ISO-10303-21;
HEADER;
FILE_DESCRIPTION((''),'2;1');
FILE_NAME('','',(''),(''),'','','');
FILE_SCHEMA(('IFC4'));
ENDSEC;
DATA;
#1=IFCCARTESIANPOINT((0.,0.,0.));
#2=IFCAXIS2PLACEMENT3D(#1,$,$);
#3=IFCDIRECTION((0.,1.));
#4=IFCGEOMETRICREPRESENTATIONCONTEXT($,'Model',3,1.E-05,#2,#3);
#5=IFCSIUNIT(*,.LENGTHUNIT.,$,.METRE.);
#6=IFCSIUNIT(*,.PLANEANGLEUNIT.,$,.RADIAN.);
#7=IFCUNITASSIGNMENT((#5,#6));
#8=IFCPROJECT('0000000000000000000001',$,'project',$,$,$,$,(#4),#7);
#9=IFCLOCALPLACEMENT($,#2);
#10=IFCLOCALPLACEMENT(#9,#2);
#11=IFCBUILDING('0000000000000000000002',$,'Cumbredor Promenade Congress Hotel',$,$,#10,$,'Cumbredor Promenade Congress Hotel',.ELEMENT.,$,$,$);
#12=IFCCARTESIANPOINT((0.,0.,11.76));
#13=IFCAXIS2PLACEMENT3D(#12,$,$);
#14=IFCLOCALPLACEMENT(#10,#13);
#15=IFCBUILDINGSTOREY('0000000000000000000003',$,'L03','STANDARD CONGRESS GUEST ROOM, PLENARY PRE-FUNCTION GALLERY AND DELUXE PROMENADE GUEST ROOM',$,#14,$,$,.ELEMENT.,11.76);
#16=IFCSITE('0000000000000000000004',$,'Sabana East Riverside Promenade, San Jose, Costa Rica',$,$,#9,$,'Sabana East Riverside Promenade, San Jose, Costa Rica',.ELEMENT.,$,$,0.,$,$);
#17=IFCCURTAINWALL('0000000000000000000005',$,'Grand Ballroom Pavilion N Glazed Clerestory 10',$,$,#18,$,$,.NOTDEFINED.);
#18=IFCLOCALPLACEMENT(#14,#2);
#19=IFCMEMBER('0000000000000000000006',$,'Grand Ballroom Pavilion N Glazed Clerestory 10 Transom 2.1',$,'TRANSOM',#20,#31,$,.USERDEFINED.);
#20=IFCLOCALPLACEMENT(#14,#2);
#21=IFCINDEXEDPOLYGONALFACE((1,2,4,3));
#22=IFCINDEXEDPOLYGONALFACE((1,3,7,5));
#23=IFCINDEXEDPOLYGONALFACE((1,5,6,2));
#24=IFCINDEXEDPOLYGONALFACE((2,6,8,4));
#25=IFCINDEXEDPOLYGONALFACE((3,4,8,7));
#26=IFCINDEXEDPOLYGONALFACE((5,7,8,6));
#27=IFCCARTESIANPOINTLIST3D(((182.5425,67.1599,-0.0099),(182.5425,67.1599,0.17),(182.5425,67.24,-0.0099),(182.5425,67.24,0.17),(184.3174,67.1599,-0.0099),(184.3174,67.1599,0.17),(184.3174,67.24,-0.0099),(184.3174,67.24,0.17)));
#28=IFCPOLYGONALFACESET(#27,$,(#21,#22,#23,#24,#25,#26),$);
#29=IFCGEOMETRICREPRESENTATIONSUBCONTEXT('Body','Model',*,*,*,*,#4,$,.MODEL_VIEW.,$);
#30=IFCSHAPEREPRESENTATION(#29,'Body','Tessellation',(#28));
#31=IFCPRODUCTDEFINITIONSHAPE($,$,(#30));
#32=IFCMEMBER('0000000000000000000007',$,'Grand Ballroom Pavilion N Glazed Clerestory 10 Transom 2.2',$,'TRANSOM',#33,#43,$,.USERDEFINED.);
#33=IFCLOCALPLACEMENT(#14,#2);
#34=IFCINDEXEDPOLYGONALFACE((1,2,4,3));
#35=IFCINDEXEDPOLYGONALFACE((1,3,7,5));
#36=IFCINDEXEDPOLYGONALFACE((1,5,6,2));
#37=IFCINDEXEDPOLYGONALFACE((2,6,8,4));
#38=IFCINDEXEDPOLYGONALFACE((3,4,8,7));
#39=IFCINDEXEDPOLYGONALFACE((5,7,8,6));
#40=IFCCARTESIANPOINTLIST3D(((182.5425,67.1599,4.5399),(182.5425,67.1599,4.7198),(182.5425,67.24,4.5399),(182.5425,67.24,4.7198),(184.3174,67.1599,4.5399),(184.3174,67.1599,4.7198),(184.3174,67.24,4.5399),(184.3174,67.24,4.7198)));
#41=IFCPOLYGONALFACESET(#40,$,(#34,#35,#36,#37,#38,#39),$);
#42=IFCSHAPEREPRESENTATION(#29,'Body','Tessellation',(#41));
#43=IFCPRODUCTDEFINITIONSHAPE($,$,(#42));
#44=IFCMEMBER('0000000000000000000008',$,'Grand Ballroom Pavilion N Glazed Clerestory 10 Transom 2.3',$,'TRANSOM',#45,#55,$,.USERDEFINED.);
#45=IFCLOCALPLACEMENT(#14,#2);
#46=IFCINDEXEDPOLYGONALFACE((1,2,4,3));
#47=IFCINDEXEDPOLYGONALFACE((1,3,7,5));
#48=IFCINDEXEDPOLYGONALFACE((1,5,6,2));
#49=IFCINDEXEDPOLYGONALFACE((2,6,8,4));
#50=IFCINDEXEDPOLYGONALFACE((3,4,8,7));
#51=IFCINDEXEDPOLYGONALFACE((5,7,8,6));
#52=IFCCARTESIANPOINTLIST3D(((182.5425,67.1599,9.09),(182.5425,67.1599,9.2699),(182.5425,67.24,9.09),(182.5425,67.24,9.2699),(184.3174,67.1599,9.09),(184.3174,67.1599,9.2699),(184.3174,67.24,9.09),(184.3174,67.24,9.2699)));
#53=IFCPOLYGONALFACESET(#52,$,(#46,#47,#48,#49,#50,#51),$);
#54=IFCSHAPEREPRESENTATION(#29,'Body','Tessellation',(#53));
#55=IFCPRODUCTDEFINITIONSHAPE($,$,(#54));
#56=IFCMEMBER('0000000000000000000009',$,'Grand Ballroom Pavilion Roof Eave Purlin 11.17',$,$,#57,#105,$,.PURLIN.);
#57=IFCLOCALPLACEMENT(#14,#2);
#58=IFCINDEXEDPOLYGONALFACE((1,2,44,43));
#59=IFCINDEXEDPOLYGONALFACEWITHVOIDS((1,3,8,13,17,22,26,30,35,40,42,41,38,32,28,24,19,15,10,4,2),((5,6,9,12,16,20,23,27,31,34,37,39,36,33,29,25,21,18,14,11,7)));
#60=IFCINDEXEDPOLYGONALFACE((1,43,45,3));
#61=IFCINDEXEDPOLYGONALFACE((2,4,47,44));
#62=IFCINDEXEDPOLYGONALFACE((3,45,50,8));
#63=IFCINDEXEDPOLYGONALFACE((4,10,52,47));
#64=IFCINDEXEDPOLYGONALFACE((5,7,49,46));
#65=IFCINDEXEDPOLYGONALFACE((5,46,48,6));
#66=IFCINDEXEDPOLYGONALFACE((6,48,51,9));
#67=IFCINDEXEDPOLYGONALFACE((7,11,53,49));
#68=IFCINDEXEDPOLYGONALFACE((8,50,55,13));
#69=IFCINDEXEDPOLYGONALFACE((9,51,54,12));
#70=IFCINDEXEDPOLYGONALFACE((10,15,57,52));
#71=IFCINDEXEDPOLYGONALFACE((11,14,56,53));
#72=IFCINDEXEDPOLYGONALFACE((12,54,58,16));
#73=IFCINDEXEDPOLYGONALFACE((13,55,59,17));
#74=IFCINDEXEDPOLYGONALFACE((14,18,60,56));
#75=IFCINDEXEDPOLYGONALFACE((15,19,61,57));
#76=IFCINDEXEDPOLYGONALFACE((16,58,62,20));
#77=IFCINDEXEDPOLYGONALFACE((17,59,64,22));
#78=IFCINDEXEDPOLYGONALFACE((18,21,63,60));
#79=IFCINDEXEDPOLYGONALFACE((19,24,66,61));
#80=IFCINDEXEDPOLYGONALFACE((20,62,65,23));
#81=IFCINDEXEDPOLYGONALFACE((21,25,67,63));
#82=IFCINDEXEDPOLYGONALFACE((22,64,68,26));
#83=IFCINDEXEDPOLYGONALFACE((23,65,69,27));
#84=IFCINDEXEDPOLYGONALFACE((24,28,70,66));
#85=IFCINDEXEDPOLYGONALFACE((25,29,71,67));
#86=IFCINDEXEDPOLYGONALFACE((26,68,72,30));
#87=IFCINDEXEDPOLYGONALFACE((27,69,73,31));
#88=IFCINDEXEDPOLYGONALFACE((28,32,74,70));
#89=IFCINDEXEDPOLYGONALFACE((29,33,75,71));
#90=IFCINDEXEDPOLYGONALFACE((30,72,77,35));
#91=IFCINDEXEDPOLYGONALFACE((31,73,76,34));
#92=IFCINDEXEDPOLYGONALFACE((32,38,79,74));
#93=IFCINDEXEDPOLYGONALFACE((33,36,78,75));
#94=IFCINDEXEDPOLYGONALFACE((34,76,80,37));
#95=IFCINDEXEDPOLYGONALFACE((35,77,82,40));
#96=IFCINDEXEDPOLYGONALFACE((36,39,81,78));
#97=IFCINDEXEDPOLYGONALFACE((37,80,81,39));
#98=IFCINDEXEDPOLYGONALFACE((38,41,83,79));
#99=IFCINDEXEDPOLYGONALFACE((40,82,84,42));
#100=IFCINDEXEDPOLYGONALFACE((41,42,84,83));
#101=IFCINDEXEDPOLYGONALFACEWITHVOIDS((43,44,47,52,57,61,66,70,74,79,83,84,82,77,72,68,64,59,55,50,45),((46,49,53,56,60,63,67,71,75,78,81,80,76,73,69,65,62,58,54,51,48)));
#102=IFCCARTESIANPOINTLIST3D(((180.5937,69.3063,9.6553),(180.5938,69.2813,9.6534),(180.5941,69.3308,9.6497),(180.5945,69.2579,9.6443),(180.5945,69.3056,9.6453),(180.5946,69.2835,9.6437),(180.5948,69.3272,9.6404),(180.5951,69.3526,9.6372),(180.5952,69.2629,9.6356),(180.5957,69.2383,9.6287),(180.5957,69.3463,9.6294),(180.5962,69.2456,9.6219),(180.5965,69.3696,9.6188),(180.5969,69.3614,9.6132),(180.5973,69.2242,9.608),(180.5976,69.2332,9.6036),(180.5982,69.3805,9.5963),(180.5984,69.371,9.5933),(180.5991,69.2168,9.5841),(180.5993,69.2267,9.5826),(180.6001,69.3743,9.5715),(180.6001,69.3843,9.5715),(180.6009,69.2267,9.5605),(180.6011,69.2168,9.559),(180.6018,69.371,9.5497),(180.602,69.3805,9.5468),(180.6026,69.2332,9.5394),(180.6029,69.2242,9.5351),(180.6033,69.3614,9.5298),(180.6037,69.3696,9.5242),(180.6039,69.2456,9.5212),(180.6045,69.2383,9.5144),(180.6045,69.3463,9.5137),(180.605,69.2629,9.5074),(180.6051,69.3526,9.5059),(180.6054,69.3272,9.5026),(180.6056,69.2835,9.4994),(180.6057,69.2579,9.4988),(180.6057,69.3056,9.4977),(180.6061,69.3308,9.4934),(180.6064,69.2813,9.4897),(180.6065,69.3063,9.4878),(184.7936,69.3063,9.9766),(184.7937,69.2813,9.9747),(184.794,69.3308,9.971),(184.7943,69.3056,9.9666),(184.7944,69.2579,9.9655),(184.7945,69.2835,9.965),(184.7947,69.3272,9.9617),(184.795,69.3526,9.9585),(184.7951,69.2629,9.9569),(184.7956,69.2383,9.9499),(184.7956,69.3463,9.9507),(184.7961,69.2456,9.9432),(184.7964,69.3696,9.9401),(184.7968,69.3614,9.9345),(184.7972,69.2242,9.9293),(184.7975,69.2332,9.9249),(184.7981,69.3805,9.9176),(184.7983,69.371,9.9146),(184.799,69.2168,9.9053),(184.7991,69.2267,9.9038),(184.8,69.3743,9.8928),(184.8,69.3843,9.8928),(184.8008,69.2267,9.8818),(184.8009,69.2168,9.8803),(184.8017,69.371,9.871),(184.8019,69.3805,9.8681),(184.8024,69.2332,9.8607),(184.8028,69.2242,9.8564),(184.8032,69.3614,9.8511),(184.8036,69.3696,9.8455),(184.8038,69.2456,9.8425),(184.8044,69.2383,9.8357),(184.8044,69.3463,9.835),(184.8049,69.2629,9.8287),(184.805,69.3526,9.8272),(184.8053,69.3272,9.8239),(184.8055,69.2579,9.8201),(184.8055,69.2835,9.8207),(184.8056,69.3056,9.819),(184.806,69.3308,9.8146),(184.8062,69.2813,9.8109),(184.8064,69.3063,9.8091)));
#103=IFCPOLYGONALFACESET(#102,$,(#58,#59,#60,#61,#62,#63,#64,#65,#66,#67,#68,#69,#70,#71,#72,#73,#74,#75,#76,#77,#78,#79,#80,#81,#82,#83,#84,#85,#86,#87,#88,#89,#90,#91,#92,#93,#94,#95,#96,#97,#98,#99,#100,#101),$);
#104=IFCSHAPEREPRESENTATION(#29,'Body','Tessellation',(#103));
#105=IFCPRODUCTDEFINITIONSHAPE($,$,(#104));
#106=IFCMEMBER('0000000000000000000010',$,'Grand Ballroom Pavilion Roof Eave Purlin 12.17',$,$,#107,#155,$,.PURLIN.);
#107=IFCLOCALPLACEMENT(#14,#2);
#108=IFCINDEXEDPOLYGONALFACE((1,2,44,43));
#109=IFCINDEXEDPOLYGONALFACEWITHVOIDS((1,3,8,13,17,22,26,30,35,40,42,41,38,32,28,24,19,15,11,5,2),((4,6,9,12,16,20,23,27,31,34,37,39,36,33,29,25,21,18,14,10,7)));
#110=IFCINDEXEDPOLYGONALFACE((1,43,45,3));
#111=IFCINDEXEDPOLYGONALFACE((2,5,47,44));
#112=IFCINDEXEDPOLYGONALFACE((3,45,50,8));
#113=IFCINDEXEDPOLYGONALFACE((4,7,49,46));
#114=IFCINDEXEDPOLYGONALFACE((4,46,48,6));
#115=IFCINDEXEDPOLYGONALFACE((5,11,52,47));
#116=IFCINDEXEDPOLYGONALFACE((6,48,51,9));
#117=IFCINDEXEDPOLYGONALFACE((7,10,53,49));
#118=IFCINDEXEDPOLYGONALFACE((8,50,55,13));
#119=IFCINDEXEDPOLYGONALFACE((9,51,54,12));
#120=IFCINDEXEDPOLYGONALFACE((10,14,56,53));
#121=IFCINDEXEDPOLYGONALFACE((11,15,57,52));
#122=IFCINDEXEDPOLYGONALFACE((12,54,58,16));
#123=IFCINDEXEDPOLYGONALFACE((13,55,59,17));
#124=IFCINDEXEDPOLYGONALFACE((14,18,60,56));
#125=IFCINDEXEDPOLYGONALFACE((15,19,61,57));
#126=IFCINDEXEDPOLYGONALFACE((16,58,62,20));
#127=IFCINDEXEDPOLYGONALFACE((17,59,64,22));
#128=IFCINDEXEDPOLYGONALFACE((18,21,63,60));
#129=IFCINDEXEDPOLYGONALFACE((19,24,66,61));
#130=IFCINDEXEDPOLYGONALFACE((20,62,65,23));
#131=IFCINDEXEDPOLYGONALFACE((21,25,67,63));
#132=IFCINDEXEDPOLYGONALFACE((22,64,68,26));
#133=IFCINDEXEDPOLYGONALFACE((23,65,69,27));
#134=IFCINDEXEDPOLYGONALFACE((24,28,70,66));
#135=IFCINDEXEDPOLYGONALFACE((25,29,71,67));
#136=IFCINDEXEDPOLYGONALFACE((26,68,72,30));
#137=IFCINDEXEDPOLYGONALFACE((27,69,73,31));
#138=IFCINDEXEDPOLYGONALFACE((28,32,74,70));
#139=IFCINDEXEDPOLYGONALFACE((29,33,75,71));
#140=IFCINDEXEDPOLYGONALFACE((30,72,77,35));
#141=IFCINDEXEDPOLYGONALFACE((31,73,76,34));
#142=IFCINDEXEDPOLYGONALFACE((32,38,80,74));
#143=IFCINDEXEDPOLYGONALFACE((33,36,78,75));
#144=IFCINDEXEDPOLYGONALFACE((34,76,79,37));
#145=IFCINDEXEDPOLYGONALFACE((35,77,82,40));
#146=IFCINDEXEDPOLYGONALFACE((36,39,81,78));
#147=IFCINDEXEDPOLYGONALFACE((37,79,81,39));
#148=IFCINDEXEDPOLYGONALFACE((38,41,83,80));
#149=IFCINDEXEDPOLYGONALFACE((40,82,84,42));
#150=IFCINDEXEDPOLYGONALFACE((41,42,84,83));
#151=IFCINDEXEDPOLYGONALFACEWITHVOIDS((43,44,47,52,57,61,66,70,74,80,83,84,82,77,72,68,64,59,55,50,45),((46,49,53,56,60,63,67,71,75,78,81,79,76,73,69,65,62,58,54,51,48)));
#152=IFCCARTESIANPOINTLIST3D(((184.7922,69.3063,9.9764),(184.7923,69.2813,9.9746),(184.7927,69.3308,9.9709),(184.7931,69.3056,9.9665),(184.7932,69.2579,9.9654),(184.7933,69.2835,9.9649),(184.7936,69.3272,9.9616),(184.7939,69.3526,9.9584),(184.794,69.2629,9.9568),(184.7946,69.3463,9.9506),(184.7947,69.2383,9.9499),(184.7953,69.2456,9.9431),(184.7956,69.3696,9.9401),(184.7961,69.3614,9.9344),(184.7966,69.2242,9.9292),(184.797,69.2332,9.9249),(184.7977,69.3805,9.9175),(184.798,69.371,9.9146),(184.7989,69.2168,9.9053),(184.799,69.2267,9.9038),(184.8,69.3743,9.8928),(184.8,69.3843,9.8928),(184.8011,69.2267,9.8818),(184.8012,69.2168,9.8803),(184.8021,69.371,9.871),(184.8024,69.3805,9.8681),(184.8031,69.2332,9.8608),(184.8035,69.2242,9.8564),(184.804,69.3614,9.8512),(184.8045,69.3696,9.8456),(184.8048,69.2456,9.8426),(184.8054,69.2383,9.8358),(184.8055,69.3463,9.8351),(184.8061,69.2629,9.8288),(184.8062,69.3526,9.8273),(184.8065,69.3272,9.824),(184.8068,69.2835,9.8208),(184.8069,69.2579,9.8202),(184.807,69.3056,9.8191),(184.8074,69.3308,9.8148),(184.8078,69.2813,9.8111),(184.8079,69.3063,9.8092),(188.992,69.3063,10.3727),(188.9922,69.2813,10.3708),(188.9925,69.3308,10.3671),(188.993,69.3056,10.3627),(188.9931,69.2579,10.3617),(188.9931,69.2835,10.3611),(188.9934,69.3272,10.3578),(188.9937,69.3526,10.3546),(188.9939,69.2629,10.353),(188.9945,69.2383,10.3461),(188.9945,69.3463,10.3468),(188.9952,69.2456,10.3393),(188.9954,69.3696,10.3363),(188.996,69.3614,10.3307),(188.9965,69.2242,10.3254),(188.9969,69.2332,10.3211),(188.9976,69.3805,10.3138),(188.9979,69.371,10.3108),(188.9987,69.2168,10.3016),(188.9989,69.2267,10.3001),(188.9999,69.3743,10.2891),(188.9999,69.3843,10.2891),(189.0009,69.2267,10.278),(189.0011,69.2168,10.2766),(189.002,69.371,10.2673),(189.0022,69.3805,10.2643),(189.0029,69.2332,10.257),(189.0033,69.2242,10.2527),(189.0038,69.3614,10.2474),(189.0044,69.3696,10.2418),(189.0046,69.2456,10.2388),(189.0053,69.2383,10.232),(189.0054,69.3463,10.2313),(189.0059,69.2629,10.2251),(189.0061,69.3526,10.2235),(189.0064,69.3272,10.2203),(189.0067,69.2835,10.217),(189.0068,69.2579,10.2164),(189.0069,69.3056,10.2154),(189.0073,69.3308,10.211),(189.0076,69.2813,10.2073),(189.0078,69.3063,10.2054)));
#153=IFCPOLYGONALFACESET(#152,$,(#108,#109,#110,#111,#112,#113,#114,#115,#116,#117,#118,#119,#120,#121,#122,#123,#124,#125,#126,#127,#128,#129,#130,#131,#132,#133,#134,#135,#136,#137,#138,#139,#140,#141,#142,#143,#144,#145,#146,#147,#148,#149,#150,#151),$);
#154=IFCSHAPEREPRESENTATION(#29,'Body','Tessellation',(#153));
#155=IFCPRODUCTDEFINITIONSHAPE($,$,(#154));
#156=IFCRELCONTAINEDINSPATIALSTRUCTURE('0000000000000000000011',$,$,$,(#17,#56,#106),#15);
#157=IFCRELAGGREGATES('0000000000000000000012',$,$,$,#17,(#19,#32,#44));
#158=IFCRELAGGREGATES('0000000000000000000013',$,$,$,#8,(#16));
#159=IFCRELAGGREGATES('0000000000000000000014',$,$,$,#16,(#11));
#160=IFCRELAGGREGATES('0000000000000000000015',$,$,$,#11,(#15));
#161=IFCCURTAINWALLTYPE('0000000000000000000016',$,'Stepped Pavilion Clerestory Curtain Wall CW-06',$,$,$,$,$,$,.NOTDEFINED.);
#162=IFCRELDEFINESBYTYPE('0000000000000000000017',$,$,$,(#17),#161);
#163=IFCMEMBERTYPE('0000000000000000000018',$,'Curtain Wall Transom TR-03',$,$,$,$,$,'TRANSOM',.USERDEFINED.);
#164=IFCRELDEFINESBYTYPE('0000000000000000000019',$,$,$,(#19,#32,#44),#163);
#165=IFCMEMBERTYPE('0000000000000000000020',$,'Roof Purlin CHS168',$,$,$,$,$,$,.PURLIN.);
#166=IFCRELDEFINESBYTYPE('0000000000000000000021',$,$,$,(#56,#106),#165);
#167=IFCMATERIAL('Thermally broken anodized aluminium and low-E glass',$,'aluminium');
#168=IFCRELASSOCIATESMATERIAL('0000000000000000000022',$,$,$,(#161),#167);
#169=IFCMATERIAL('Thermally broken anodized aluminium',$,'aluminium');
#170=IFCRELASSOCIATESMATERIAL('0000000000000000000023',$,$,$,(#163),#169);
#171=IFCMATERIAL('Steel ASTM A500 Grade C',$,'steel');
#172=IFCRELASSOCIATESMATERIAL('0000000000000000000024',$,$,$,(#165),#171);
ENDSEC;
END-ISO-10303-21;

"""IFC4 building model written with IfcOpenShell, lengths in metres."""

from ifc_helpers import new_model, si_unit, direction, frame, origin, origin_2d, place, context, subcontext, project, spatial, rectangle, hollow_circle, extrude, material, material_profile, profile_set, type_object, element, aggregate, save


model = new_model("IFC4")

# Units and contexts
model_context = context("Model", 3, precision=1e-05, world=origin(), true_north=direction((0.0, 1.0)))
body_context = subcontext(model_context, "Body", "Model", "MODEL_VIEW")
ifc_project = project(units=[si_unit("LENGTHUNIT", "METRE"), si_unit("PLANEANGLEUNIT", "RADIAN")], contexts=[model_context])

# Site, building, storey
site_placement = place(None, origin())
site = spatial("IfcSite", under=ifc_project, at=site_placement, Name="Sabana East Riverside Promenade, San Jose, Costa Rica", LongName="Sabana East Riverside Promenade, San Jose, Costa Rica", CompositionType="ELEMENT", RefElevation=0.0)
building_placement = place(site_placement, origin())
building = spatial("IfcBuilding", under=site, at=building_placement, Name="Cumbredor Promenade Congress Hotel", LongName="Cumbredor Promenade Congress Hotel", CompositionType="ELEMENT")
storey_placement = place(building_placement, frame((0.0, 0.0, 11.76)))
storey = spatial("IfcBuildingStorey", under=building, at=storey_placement, Name="L03", Description="STANDARD CONGRESS GUEST ROOM, PLENARY PRE-FUNCTION GALLERY AND DELUXE PROMENADE GUEST ROOM", CompositionType="ELEMENT", Elevation=11.76)

# Shared definitions
ifc_material_1 = material(Name="Steel ASTM A500 Grade C", Category="steel")

# Curtain wall, members
ifc_material_2 = material(Name="Thermally broken anodized aluminium and low-E glass", Category="aluminium")
curtain_wall_type = type_object("IfcCurtainWallType", Name="Stepped Pavilion Clerestory Curtain Wall CW-06", PredefinedType="NOTDEFINED", material=ifc_material_2)
curtain_wall_placement = place(storey_placement, origin())
curtain_wall = element("IfcCurtainWall", 1, at=curtain_wall_placement, inside=storey, type_object=curtain_wall_type, Name="Grand Ballroom Pavilion N Glazed Clerestory 10", PredefinedType="NOTDEFINED")
ifc_material_3 = material(Name="Thermally broken anodized aluminium", Category="aluminium")
ifc_material_profile_1 = material_profile(ifc_material_3, rectangle(XDim=0.0801, YDim=0.1799, at=origin_2d()), Name="ALU TRANSOM 80x180")
ifc_profile_set_1 = profile_set([ifc_material_profile_1], Name="Thermally broken anodized aluminium")
member_type_1 = type_object("IfcMemberType", Name="Curtain Wall Transom TR-03", ElementType="TRANSOM", PredefinedType="USERDEFINED", material=ifc_profile_set_1)
member_1_placement = place(storey_placement, frame((182.5425, 67.2, 0.0801), z_axis=(1.0, 0.0, 0.0), x_axis=(0.0, 1.0, 0.0)))
member_1 = element("IfcMember", 2, at=member_1_placement, type_object=member_type_1, Name="Grand Ballroom Pavilion N Glazed Clerestory 10 Transom 2.1", ObjectType="TRANSOM", PredefinedType="USERDEFINED", context=body_context, shape_type="SweptSolid", body=[
    extrude(rectangle(XDim=0.0801, YDim=0.1799, at=origin_2d()), origin(), (0.0, 0.0, 1.0), 1.7749),
])
member_2_placement = place(storey_placement, frame((182.5425, 67.2, 4.6299), z_axis=(1.0, 0.0, 0.0), x_axis=(0.0, 1.0, 0.0)))
member_2 = element("IfcMember", 3, at=member_2_placement, type_object=member_type_1, Name="Grand Ballroom Pavilion N Glazed Clerestory 10 Transom 2.2", ObjectType="TRANSOM", PredefinedType="USERDEFINED", context=body_context, shape_type="SweptSolid", body=[
    extrude(rectangle(XDim=0.0801, YDim=0.1799, at=origin_2d()), origin(), (0.0, 0.0, 1.0), 1.7749),
])
member_3_placement = place(storey_placement, frame((182.5425, 67.2, 9.1799), z_axis=(1.0, 0.0, 0.0), x_axis=(0.0, 1.0, 0.0)))
member_3 = element("IfcMember", 4, at=member_3_placement, type_object=member_type_1, Name="Grand Ballroom Pavilion N Glazed Clerestory 10 Transom 2.3", ObjectType="TRANSOM", PredefinedType="USERDEFINED", context=body_context, shape_type="SweptSolid", body=[
    extrude(rectangle(XDim=0.0801, YDim=0.1799, at=origin_2d()), origin(), (0.0, 0.0, 1.0), 1.7749),
])

# Members
ifc_material_profile_2 = material_profile(ifc_material_1, hollow_circle(Radius=0.0842, WallThickness=0.01, at=origin_2d()), Name="CHS 168.3x10")
ifc_profile_set_2 = profile_set([ifc_material_profile_2], Name="Steel ASTM A500 Grade C")
member_type_2 = type_object("IfcMemberType", Name="Roof Purlin CHS168", PredefinedType="PURLIN", material=ifc_profile_set_2)
member_4_placement = place(storey_placement, frame((180.6001, 69.3, 9.5715), z_axis=(0.997087, 0.0, 0.076275), x_axis=(0.0, 1.0, 0.0)))
element("IfcMember", 5, at=member_4_placement, inside=storey, type_object=member_type_2, Name="Grand Ballroom Pavilion Roof Eave Purlin 11.17", PredefinedType="PURLIN", context=body_context, shape_type="SweptSolid", body=[
    extrude(hollow_circle(Radius=0.0842, WallThickness=0.01, at=origin_2d()), origin(), (0.0, 0.0, 1.0), 4.2122),
])
member_5_placement = place(storey_placement, frame((184.8, 69.3, 9.8928), z_axis=(0.995579, 0.0, 0.093927), x_axis=(0.0, 1.0, 0.0)))
element("IfcMember", 6, at=member_5_placement, inside=storey, type_object=member_type_2, Name="Grand Ballroom Pavilion Roof Eave Purlin 12.17", PredefinedType="PURLIN", context=body_context, shape_type="SweptSolid", body=[
    extrude(hollow_circle(Radius=0.0842, WallThickness=0.01, at=origin_2d()), origin(), (0.0, 0.0, 1.0), 4.2185),
])

aggregate(curtain_wall, [member_1, member_2, member_3])

save(model, "model.ifc")
